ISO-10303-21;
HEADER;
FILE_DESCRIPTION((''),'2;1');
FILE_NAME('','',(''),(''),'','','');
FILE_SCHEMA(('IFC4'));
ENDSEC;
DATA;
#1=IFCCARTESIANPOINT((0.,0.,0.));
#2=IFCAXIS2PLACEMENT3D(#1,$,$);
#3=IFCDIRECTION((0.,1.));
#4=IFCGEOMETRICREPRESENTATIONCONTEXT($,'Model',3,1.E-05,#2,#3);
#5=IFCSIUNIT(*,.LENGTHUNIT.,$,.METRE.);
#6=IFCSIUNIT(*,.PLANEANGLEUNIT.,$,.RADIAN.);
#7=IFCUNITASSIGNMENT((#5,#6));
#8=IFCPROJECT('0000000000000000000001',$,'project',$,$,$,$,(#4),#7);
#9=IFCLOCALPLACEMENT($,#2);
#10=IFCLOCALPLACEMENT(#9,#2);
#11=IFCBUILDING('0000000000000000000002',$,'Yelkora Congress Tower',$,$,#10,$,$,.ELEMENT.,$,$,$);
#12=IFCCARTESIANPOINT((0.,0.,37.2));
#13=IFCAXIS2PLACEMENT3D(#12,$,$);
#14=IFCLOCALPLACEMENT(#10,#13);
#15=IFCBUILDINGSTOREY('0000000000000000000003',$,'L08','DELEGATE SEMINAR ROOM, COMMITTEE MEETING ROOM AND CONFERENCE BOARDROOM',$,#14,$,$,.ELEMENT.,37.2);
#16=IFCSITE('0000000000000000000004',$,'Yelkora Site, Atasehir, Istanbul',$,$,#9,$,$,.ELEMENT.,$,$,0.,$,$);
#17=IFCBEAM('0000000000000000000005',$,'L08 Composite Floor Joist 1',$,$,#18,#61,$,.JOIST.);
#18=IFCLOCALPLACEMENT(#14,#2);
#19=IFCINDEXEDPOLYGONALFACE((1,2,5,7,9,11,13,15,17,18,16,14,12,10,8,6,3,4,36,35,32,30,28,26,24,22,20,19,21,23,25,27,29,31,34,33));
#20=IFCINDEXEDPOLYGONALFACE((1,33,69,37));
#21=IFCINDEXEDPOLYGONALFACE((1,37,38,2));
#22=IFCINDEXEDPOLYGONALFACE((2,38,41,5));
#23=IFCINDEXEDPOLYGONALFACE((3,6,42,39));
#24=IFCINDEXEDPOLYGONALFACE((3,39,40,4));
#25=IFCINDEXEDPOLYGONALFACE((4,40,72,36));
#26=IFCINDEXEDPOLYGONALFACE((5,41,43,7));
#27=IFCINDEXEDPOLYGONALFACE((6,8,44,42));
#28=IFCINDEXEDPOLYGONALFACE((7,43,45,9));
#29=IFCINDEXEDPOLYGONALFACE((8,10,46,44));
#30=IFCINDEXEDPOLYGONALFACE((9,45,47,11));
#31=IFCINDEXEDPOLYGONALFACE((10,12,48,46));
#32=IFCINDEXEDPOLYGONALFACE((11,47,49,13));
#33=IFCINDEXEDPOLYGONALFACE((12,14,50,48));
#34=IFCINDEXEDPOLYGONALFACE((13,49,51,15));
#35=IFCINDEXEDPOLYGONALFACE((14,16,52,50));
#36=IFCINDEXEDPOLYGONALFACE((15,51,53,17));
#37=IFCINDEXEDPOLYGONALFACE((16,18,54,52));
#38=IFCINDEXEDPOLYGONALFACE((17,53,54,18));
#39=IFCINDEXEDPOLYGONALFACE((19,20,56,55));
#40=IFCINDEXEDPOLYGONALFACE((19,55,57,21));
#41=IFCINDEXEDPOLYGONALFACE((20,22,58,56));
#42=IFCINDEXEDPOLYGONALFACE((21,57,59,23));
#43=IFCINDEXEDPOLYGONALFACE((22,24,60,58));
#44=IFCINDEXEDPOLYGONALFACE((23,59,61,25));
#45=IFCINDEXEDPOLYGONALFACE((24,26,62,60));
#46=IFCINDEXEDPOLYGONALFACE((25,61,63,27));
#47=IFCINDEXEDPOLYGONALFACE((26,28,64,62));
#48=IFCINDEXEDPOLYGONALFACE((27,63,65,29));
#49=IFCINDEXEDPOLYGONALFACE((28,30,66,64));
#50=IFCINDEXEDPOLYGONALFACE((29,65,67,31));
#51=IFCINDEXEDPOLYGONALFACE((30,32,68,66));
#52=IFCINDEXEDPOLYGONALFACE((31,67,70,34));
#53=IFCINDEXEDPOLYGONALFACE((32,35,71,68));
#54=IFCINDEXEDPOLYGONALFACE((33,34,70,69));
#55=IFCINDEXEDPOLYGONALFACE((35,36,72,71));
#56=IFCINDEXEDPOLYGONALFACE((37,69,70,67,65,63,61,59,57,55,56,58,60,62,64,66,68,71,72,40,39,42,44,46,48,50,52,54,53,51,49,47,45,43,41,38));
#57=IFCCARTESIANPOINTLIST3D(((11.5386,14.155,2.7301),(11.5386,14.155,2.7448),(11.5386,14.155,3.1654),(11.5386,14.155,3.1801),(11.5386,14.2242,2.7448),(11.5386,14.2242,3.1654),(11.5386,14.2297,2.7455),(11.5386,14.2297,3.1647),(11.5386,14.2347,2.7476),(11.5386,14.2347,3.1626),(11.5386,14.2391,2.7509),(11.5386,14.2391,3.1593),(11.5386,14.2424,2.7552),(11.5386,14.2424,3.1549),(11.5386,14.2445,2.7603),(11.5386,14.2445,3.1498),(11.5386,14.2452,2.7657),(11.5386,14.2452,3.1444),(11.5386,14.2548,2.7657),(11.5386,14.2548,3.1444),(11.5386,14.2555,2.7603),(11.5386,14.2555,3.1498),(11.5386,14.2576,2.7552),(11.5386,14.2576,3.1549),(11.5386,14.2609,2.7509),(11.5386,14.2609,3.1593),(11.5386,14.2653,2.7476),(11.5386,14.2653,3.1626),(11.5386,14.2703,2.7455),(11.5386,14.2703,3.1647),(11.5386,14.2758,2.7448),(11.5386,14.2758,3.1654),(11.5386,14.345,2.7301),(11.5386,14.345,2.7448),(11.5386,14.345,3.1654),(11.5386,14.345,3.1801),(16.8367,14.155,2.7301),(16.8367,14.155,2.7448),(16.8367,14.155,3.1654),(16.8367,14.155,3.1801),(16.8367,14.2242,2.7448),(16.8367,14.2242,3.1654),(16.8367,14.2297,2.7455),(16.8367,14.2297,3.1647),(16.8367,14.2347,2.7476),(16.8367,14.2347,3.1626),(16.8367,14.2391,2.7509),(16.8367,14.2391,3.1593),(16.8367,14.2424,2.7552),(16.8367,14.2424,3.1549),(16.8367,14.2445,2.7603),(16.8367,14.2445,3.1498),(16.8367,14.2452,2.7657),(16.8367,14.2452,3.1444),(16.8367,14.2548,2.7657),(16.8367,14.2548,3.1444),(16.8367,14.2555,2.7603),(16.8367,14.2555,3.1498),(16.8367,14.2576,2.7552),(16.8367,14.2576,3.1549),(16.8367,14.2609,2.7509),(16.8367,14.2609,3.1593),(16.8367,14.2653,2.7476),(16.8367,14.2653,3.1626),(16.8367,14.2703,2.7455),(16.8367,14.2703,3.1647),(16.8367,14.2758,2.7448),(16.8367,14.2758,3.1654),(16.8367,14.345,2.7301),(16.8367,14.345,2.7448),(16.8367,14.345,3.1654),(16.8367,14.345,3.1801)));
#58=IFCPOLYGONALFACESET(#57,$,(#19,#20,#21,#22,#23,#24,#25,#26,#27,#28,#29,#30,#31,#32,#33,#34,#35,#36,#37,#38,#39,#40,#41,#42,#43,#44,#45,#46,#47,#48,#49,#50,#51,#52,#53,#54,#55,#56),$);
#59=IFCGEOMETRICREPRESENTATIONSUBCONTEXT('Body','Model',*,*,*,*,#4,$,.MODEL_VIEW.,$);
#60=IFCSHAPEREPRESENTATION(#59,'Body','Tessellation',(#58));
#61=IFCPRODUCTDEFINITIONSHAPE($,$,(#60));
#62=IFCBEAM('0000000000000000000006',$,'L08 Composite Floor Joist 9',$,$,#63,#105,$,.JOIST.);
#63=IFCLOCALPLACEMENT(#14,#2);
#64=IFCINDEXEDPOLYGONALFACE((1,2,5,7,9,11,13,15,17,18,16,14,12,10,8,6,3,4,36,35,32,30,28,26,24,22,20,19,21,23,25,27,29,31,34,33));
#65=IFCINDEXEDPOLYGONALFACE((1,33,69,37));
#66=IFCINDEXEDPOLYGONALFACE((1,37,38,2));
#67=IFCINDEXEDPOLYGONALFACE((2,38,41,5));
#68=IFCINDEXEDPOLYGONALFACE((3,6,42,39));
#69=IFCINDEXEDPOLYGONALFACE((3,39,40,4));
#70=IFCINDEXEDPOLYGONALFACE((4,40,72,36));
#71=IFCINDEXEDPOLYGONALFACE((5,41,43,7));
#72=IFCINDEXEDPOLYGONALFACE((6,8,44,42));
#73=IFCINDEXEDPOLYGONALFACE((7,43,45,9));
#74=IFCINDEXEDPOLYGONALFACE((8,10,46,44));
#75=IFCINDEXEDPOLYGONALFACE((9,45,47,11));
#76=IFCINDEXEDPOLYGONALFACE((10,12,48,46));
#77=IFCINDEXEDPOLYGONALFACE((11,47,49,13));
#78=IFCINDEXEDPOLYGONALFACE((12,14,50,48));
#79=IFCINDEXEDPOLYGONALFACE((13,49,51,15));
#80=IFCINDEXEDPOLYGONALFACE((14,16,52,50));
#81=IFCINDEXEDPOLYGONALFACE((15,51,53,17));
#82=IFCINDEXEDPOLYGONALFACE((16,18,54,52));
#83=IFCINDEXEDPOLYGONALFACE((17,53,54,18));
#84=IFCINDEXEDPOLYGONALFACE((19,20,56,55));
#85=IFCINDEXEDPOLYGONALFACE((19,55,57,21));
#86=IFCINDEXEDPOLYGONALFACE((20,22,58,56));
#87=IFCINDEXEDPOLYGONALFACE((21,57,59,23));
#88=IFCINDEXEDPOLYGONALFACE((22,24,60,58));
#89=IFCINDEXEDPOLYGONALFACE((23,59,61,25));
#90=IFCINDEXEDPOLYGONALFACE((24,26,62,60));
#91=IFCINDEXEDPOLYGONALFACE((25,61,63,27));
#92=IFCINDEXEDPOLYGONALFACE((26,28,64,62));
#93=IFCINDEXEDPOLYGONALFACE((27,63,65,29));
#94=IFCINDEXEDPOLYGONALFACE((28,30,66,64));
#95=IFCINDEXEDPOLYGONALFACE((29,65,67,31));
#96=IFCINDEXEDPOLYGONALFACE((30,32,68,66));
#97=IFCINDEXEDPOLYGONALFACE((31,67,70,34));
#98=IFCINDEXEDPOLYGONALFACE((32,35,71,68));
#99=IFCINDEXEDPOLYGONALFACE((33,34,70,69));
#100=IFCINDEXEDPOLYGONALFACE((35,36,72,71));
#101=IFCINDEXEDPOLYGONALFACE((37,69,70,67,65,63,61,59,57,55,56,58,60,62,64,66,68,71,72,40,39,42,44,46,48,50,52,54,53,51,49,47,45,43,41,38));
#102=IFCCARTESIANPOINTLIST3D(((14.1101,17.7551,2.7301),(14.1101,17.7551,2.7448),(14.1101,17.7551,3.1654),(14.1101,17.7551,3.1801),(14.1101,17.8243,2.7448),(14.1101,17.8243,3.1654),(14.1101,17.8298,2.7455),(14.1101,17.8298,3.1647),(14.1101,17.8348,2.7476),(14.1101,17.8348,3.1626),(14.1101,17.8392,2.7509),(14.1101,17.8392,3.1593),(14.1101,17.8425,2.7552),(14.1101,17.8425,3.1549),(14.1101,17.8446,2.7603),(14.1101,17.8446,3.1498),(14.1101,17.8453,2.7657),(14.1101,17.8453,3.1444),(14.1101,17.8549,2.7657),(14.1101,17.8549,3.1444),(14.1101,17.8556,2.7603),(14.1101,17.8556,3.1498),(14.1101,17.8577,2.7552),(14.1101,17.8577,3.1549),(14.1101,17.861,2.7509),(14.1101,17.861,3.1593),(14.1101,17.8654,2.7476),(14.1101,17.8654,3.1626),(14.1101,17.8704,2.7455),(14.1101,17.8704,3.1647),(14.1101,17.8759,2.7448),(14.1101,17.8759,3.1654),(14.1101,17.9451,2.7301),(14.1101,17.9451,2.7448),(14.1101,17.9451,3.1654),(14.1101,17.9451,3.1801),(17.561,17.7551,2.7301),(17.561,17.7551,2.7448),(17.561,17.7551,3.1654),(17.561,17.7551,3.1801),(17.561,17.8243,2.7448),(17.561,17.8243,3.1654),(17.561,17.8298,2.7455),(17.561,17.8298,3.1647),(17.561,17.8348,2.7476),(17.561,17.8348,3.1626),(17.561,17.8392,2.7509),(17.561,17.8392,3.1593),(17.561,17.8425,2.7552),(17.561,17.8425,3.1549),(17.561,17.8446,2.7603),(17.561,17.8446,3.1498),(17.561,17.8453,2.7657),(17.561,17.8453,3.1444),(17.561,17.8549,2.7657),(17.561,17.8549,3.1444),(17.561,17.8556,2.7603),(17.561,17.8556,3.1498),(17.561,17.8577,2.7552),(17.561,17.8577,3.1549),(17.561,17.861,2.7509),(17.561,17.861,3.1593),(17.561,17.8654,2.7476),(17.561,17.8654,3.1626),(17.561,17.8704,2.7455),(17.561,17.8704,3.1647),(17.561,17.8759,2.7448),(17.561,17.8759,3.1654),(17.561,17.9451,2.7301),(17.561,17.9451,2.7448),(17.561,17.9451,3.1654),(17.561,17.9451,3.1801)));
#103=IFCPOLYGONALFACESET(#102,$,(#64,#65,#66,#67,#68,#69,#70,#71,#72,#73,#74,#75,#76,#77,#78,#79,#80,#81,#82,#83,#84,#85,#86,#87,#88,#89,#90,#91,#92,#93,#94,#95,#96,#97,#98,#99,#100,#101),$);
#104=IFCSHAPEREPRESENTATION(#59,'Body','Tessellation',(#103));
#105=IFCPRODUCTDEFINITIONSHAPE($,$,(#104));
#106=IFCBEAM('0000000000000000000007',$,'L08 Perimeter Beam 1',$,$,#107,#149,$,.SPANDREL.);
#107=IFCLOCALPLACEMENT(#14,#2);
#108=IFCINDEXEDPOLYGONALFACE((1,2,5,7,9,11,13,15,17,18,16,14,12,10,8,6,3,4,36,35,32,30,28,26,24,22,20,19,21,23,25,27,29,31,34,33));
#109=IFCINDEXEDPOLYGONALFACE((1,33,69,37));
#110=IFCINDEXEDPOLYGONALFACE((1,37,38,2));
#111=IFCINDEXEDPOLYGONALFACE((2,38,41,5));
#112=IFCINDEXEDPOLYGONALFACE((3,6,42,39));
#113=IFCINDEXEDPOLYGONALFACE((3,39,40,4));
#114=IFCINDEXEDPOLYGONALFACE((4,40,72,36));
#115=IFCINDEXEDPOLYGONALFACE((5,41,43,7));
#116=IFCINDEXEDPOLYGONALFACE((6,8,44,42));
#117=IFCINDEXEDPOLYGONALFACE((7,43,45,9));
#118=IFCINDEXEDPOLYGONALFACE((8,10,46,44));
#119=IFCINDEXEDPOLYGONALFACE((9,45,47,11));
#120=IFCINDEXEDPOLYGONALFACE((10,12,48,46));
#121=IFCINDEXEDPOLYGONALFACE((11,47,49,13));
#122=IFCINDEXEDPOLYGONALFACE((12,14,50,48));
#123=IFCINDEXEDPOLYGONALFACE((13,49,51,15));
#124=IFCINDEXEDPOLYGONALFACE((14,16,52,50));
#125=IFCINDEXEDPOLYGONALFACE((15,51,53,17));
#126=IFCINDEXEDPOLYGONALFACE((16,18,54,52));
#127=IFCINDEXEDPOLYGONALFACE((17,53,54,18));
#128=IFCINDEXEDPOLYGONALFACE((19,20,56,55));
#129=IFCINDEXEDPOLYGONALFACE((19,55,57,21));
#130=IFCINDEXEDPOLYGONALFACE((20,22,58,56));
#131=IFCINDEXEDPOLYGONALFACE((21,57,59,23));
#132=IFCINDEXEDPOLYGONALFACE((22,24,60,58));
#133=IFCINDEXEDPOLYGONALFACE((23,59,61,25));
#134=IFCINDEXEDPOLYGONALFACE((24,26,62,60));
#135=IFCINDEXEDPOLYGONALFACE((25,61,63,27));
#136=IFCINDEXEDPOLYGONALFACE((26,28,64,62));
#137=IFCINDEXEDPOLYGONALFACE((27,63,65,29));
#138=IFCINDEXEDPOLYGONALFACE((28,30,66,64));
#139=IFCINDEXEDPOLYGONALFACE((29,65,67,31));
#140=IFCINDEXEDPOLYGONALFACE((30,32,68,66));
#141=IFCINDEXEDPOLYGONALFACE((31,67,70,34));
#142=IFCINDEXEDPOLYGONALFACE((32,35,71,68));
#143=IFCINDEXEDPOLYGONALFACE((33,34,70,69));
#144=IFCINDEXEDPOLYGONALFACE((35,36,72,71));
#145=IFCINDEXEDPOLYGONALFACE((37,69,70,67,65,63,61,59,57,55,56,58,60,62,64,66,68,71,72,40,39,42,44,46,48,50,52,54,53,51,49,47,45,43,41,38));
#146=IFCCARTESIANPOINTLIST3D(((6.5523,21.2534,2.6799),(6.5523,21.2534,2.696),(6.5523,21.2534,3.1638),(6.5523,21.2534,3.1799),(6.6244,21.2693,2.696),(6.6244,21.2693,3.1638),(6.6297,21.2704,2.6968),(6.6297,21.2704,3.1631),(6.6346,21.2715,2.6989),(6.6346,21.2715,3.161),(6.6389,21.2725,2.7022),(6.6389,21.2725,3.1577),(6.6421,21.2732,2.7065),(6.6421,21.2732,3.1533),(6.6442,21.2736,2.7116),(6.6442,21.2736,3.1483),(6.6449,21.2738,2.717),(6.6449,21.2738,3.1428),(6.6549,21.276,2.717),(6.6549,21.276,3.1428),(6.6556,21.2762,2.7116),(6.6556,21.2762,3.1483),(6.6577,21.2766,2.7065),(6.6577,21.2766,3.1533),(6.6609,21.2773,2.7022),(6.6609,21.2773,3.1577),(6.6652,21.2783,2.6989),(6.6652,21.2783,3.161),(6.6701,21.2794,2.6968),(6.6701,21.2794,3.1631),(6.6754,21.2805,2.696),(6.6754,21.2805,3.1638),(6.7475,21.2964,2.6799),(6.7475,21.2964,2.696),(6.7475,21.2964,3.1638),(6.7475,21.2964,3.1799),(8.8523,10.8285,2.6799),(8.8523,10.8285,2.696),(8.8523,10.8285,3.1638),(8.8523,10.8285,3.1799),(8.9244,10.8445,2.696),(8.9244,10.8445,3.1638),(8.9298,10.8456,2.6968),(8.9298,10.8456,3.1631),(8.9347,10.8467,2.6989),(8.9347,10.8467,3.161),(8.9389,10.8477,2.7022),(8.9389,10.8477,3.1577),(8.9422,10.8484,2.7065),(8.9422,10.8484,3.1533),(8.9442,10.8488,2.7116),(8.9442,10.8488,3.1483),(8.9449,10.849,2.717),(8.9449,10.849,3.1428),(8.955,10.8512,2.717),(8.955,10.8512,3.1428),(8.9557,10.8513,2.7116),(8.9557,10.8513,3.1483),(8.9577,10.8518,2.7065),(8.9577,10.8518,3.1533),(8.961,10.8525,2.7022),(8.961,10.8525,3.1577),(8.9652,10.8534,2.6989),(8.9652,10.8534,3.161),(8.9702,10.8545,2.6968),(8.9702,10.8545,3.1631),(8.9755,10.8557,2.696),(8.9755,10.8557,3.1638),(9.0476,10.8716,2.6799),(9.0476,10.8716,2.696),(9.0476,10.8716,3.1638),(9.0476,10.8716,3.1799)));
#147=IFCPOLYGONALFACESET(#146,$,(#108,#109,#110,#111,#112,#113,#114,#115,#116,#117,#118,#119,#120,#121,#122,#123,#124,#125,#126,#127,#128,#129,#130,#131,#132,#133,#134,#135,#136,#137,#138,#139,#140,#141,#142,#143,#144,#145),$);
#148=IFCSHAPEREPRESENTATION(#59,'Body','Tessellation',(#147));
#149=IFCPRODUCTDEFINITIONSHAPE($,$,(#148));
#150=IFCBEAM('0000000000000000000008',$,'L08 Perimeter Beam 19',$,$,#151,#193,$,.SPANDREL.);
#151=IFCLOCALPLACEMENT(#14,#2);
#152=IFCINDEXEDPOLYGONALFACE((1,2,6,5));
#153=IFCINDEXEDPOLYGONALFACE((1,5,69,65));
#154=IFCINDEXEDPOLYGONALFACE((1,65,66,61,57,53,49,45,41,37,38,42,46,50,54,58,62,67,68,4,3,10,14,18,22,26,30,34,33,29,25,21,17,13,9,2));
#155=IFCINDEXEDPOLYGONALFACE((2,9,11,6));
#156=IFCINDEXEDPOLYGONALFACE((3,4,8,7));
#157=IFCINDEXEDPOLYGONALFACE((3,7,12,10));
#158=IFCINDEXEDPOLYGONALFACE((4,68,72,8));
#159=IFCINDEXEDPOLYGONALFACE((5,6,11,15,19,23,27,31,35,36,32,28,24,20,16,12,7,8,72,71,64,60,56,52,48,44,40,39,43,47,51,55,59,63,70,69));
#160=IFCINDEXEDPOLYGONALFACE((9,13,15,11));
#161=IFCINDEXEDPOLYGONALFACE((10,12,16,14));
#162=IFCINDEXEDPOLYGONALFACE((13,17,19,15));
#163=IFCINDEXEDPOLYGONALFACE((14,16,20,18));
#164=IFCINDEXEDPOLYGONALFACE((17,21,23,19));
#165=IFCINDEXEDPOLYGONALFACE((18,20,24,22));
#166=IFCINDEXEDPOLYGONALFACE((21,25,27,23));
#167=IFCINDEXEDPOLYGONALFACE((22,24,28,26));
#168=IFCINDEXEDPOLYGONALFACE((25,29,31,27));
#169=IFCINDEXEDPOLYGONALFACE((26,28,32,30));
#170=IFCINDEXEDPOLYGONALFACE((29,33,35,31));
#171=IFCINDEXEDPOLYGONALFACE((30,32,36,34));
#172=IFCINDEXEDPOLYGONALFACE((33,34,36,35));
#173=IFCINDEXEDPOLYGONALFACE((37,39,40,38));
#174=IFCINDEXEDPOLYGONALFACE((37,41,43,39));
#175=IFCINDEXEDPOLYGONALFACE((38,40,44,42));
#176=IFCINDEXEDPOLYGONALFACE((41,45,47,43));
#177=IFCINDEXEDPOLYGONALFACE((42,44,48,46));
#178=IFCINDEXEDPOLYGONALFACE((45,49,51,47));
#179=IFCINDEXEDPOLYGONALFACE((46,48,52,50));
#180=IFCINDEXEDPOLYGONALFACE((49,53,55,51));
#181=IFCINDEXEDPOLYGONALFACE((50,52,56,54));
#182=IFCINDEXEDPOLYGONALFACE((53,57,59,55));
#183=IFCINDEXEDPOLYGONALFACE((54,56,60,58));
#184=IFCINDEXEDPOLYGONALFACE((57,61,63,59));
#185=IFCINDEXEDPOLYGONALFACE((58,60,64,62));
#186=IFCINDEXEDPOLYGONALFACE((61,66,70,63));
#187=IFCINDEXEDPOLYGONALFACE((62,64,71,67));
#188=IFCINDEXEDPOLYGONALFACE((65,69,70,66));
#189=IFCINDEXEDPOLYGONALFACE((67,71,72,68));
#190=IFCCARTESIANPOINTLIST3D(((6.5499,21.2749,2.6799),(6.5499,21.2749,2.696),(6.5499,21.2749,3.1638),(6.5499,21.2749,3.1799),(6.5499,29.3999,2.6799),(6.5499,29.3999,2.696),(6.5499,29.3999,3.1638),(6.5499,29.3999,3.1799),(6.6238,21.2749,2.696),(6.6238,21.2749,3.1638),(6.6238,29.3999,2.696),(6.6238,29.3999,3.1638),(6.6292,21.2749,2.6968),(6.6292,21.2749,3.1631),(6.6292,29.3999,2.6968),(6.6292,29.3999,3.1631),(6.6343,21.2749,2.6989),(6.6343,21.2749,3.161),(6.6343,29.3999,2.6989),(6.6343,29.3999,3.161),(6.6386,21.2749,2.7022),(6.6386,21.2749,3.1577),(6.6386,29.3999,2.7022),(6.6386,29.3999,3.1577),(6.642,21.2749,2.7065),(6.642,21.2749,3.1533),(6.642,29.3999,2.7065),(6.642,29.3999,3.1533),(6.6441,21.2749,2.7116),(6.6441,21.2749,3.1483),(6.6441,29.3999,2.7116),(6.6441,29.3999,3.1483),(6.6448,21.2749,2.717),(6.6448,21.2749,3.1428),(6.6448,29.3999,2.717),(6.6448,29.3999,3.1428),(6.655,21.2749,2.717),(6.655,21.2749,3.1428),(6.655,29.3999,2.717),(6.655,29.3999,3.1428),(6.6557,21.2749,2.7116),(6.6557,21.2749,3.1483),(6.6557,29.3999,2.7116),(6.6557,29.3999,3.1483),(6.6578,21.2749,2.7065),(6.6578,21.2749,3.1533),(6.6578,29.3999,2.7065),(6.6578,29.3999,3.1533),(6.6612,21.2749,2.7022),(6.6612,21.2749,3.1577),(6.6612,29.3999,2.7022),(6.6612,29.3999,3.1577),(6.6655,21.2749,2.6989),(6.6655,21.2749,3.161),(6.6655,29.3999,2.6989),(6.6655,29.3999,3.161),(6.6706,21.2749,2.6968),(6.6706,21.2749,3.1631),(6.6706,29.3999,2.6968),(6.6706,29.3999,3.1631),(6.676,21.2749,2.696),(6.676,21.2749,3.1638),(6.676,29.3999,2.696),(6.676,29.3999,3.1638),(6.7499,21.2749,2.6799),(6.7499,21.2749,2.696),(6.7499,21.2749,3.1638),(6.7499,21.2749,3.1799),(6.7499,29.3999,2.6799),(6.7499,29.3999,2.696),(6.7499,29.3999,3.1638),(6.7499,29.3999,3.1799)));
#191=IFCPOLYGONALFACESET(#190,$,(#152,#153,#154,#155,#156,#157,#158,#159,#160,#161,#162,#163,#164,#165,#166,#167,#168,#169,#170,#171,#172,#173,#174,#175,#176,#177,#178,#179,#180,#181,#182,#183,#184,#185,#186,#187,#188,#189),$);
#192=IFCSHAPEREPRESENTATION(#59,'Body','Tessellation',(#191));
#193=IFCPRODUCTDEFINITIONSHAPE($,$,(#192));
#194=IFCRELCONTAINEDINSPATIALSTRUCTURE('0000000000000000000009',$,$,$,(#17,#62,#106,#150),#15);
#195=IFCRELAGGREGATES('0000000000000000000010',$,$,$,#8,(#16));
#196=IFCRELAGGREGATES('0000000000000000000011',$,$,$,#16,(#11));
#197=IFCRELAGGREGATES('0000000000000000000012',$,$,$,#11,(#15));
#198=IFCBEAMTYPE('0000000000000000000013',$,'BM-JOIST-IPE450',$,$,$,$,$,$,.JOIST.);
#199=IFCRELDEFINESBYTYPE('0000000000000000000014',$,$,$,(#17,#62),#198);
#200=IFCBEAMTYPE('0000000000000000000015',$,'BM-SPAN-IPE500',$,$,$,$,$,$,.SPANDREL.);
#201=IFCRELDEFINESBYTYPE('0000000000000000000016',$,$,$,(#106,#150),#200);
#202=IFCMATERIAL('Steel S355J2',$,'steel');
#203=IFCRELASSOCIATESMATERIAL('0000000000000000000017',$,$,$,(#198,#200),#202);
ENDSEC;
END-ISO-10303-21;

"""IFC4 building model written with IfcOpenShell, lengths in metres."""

from ifc_helpers import new_model, si_unit, direction, frame, origin, origin_2d, place, context, subcontext, project, spatial, i_section, extrude, material, material_profile, profile_set, type_object, element, save


model = new_model("IFC4")

# Units and contexts
model_context = context("Model", 3, precision=1e-05, world=origin(), true_north=direction((0.0, 1.0)))
body_context = subcontext(model_context, "Body", "Model", "MODEL_VIEW")
ifc_project = project(units=[si_unit("LENGTHUNIT", "METRE"), si_unit("PLANEANGLEUNIT", "RADIAN")], contexts=[model_context])

# Site, building, storey
site_placement = place(None, origin())
site = spatial("IfcSite", under=ifc_project, at=site_placement, Name="Yelkora Site, Atasehir, Istanbul", CompositionType="ELEMENT", RefElevation=0.0)
building_placement = place(site_placement, origin())
building = spatial("IfcBuilding", under=site, at=building_placement, Name="Yelkora Congress Tower", CompositionType="ELEMENT")
storey_placement = place(building_placement, frame((0.0, 0.0, 37.2)))
storey = spatial("IfcBuildingStorey", under=building, at=storey_placement, Name="L08", Description="DELEGATE SEMINAR ROOM, COMMITTEE MEETING ROOM AND CONFERENCE BOARDROOM", CompositionType="ELEMENT", Elevation=37.2)

# Beams
ifc_material_1 = material(Name="Steel S355J2", Category="steel")
ifc_material_profile_1 = material_profile(ifc_material_1, i_section(OverallWidth=0.1899, OverallDepth=0.45, WebThickness=0.0095, FlangeThickness=0.0146, FilletRadius=0.021, at=origin_2d()), Name="IPE 450")
ifc_profile_set_1 = profile_set([ifc_material_profile_1], Name="Steel S355J2")
beam_type_1 = type_object("IfcBeamType", Name="BM-JOIST-IPE450", PredefinedType="JOIST", material=ifc_profile_set_1)
beam_1_placement = place(storey_placement, frame((11.5386, 14.25, 2.9551), z_axis=(1.0, 0.0, 0.0), x_axis=(0.0, 1.0, 0.0)))
element("IfcBeam", 1, at=beam_1_placement, inside=storey, type_object=beam_type_1, Name="L08 Composite Floor Joist 1", PredefinedType="JOIST", context=body_context, shape_type="SweptSolid", body=[
    extrude(i_section(OverallWidth=0.1899, OverallDepth=0.45, WebThickness=0.0095, FlangeThickness=0.0146, FilletRadius=0.021, at=origin_2d()), origin(), (0.0, 0.0, 1.0), 5.2981),
])
beam_2_placement = place(storey_placement, frame((14.1101, 17.8501, 2.9551), z_axis=(1.0, 0.0, 0.0), x_axis=(0.0, 1.0, 0.0)))
element("IfcBeam", 2, at=beam_2_placement, inside=storey, type_object=beam_type_1, Name="L08 Composite Floor Joist 9", PredefinedType="JOIST", context=body_context, shape_type="SweptSolid", body=[
    extrude(i_section(OverallWidth=0.1899, OverallDepth=0.45, WebThickness=0.0095, FlangeThickness=0.0146, FilletRadius=0.021, at=origin_2d()), origin(), (0.0, 0.0, 1.0), 3.4509),
])
ifc_material_profile_2 = material_profile(ifc_material_1, i_section(OverallWidth=0.2, OverallDepth=0.5, WebThickness=0.0103, FlangeThickness=0.0161, FilletRadius=0.021, at=origin_2d()), Name="IPE 500")
ifc_profile_set_2 = profile_set([ifc_material_profile_2], Name="Steel S355J2")
beam_type_2 = type_object("IfcBeamType", Name="BM-SPAN-IPE500", PredefinedType="SPANDREL", material=ifc_profile_set_2)
beam_3_placement = place(storey_placement, frame((6.6499, 21.2749, 2.9299), z_axis=(0.215451, -0.976515, 0.0), x_axis=(0.976515, 0.215451, 0.0)))
element("IfcBeam", 3, at=beam_3_placement, inside=storey, type_object=beam_type_2, Name="L08 Perimeter Beam 1", PredefinedType="SPANDREL", context=body_context, shape_type="SweptSolid", body=[
    extrude(i_section(OverallWidth=0.2, OverallDepth=0.5, WebThickness=0.0103, FlangeThickness=0.0161, FilletRadius=0.021, at=origin_2d()), origin(), (0.0, 0.0, 1.0), 10.6755),
])
beam_4_placement = place(storey_placement, frame((6.6499, 29.3999, 2.9299), z_axis=(0.0, -1.0, 0.0), x_axis=(1.0, 0.0, 0.0)))
element("IfcBeam", 4, at=beam_4_placement, inside=storey, type_object=beam_type_2, Name="L08 Perimeter Beam 19", PredefinedType="SPANDREL", context=body_context, shape_type="SweptSolid", body=[
    extrude(i_section(OverallWidth=0.2, OverallDepth=0.5, WebThickness=0.0103, FlangeThickness=0.0161, FilletRadius=0.021, at=origin_2d()), origin(), (0.0, 0.0, 1.0), 8.125),
])

save(model, "model.ifc")
